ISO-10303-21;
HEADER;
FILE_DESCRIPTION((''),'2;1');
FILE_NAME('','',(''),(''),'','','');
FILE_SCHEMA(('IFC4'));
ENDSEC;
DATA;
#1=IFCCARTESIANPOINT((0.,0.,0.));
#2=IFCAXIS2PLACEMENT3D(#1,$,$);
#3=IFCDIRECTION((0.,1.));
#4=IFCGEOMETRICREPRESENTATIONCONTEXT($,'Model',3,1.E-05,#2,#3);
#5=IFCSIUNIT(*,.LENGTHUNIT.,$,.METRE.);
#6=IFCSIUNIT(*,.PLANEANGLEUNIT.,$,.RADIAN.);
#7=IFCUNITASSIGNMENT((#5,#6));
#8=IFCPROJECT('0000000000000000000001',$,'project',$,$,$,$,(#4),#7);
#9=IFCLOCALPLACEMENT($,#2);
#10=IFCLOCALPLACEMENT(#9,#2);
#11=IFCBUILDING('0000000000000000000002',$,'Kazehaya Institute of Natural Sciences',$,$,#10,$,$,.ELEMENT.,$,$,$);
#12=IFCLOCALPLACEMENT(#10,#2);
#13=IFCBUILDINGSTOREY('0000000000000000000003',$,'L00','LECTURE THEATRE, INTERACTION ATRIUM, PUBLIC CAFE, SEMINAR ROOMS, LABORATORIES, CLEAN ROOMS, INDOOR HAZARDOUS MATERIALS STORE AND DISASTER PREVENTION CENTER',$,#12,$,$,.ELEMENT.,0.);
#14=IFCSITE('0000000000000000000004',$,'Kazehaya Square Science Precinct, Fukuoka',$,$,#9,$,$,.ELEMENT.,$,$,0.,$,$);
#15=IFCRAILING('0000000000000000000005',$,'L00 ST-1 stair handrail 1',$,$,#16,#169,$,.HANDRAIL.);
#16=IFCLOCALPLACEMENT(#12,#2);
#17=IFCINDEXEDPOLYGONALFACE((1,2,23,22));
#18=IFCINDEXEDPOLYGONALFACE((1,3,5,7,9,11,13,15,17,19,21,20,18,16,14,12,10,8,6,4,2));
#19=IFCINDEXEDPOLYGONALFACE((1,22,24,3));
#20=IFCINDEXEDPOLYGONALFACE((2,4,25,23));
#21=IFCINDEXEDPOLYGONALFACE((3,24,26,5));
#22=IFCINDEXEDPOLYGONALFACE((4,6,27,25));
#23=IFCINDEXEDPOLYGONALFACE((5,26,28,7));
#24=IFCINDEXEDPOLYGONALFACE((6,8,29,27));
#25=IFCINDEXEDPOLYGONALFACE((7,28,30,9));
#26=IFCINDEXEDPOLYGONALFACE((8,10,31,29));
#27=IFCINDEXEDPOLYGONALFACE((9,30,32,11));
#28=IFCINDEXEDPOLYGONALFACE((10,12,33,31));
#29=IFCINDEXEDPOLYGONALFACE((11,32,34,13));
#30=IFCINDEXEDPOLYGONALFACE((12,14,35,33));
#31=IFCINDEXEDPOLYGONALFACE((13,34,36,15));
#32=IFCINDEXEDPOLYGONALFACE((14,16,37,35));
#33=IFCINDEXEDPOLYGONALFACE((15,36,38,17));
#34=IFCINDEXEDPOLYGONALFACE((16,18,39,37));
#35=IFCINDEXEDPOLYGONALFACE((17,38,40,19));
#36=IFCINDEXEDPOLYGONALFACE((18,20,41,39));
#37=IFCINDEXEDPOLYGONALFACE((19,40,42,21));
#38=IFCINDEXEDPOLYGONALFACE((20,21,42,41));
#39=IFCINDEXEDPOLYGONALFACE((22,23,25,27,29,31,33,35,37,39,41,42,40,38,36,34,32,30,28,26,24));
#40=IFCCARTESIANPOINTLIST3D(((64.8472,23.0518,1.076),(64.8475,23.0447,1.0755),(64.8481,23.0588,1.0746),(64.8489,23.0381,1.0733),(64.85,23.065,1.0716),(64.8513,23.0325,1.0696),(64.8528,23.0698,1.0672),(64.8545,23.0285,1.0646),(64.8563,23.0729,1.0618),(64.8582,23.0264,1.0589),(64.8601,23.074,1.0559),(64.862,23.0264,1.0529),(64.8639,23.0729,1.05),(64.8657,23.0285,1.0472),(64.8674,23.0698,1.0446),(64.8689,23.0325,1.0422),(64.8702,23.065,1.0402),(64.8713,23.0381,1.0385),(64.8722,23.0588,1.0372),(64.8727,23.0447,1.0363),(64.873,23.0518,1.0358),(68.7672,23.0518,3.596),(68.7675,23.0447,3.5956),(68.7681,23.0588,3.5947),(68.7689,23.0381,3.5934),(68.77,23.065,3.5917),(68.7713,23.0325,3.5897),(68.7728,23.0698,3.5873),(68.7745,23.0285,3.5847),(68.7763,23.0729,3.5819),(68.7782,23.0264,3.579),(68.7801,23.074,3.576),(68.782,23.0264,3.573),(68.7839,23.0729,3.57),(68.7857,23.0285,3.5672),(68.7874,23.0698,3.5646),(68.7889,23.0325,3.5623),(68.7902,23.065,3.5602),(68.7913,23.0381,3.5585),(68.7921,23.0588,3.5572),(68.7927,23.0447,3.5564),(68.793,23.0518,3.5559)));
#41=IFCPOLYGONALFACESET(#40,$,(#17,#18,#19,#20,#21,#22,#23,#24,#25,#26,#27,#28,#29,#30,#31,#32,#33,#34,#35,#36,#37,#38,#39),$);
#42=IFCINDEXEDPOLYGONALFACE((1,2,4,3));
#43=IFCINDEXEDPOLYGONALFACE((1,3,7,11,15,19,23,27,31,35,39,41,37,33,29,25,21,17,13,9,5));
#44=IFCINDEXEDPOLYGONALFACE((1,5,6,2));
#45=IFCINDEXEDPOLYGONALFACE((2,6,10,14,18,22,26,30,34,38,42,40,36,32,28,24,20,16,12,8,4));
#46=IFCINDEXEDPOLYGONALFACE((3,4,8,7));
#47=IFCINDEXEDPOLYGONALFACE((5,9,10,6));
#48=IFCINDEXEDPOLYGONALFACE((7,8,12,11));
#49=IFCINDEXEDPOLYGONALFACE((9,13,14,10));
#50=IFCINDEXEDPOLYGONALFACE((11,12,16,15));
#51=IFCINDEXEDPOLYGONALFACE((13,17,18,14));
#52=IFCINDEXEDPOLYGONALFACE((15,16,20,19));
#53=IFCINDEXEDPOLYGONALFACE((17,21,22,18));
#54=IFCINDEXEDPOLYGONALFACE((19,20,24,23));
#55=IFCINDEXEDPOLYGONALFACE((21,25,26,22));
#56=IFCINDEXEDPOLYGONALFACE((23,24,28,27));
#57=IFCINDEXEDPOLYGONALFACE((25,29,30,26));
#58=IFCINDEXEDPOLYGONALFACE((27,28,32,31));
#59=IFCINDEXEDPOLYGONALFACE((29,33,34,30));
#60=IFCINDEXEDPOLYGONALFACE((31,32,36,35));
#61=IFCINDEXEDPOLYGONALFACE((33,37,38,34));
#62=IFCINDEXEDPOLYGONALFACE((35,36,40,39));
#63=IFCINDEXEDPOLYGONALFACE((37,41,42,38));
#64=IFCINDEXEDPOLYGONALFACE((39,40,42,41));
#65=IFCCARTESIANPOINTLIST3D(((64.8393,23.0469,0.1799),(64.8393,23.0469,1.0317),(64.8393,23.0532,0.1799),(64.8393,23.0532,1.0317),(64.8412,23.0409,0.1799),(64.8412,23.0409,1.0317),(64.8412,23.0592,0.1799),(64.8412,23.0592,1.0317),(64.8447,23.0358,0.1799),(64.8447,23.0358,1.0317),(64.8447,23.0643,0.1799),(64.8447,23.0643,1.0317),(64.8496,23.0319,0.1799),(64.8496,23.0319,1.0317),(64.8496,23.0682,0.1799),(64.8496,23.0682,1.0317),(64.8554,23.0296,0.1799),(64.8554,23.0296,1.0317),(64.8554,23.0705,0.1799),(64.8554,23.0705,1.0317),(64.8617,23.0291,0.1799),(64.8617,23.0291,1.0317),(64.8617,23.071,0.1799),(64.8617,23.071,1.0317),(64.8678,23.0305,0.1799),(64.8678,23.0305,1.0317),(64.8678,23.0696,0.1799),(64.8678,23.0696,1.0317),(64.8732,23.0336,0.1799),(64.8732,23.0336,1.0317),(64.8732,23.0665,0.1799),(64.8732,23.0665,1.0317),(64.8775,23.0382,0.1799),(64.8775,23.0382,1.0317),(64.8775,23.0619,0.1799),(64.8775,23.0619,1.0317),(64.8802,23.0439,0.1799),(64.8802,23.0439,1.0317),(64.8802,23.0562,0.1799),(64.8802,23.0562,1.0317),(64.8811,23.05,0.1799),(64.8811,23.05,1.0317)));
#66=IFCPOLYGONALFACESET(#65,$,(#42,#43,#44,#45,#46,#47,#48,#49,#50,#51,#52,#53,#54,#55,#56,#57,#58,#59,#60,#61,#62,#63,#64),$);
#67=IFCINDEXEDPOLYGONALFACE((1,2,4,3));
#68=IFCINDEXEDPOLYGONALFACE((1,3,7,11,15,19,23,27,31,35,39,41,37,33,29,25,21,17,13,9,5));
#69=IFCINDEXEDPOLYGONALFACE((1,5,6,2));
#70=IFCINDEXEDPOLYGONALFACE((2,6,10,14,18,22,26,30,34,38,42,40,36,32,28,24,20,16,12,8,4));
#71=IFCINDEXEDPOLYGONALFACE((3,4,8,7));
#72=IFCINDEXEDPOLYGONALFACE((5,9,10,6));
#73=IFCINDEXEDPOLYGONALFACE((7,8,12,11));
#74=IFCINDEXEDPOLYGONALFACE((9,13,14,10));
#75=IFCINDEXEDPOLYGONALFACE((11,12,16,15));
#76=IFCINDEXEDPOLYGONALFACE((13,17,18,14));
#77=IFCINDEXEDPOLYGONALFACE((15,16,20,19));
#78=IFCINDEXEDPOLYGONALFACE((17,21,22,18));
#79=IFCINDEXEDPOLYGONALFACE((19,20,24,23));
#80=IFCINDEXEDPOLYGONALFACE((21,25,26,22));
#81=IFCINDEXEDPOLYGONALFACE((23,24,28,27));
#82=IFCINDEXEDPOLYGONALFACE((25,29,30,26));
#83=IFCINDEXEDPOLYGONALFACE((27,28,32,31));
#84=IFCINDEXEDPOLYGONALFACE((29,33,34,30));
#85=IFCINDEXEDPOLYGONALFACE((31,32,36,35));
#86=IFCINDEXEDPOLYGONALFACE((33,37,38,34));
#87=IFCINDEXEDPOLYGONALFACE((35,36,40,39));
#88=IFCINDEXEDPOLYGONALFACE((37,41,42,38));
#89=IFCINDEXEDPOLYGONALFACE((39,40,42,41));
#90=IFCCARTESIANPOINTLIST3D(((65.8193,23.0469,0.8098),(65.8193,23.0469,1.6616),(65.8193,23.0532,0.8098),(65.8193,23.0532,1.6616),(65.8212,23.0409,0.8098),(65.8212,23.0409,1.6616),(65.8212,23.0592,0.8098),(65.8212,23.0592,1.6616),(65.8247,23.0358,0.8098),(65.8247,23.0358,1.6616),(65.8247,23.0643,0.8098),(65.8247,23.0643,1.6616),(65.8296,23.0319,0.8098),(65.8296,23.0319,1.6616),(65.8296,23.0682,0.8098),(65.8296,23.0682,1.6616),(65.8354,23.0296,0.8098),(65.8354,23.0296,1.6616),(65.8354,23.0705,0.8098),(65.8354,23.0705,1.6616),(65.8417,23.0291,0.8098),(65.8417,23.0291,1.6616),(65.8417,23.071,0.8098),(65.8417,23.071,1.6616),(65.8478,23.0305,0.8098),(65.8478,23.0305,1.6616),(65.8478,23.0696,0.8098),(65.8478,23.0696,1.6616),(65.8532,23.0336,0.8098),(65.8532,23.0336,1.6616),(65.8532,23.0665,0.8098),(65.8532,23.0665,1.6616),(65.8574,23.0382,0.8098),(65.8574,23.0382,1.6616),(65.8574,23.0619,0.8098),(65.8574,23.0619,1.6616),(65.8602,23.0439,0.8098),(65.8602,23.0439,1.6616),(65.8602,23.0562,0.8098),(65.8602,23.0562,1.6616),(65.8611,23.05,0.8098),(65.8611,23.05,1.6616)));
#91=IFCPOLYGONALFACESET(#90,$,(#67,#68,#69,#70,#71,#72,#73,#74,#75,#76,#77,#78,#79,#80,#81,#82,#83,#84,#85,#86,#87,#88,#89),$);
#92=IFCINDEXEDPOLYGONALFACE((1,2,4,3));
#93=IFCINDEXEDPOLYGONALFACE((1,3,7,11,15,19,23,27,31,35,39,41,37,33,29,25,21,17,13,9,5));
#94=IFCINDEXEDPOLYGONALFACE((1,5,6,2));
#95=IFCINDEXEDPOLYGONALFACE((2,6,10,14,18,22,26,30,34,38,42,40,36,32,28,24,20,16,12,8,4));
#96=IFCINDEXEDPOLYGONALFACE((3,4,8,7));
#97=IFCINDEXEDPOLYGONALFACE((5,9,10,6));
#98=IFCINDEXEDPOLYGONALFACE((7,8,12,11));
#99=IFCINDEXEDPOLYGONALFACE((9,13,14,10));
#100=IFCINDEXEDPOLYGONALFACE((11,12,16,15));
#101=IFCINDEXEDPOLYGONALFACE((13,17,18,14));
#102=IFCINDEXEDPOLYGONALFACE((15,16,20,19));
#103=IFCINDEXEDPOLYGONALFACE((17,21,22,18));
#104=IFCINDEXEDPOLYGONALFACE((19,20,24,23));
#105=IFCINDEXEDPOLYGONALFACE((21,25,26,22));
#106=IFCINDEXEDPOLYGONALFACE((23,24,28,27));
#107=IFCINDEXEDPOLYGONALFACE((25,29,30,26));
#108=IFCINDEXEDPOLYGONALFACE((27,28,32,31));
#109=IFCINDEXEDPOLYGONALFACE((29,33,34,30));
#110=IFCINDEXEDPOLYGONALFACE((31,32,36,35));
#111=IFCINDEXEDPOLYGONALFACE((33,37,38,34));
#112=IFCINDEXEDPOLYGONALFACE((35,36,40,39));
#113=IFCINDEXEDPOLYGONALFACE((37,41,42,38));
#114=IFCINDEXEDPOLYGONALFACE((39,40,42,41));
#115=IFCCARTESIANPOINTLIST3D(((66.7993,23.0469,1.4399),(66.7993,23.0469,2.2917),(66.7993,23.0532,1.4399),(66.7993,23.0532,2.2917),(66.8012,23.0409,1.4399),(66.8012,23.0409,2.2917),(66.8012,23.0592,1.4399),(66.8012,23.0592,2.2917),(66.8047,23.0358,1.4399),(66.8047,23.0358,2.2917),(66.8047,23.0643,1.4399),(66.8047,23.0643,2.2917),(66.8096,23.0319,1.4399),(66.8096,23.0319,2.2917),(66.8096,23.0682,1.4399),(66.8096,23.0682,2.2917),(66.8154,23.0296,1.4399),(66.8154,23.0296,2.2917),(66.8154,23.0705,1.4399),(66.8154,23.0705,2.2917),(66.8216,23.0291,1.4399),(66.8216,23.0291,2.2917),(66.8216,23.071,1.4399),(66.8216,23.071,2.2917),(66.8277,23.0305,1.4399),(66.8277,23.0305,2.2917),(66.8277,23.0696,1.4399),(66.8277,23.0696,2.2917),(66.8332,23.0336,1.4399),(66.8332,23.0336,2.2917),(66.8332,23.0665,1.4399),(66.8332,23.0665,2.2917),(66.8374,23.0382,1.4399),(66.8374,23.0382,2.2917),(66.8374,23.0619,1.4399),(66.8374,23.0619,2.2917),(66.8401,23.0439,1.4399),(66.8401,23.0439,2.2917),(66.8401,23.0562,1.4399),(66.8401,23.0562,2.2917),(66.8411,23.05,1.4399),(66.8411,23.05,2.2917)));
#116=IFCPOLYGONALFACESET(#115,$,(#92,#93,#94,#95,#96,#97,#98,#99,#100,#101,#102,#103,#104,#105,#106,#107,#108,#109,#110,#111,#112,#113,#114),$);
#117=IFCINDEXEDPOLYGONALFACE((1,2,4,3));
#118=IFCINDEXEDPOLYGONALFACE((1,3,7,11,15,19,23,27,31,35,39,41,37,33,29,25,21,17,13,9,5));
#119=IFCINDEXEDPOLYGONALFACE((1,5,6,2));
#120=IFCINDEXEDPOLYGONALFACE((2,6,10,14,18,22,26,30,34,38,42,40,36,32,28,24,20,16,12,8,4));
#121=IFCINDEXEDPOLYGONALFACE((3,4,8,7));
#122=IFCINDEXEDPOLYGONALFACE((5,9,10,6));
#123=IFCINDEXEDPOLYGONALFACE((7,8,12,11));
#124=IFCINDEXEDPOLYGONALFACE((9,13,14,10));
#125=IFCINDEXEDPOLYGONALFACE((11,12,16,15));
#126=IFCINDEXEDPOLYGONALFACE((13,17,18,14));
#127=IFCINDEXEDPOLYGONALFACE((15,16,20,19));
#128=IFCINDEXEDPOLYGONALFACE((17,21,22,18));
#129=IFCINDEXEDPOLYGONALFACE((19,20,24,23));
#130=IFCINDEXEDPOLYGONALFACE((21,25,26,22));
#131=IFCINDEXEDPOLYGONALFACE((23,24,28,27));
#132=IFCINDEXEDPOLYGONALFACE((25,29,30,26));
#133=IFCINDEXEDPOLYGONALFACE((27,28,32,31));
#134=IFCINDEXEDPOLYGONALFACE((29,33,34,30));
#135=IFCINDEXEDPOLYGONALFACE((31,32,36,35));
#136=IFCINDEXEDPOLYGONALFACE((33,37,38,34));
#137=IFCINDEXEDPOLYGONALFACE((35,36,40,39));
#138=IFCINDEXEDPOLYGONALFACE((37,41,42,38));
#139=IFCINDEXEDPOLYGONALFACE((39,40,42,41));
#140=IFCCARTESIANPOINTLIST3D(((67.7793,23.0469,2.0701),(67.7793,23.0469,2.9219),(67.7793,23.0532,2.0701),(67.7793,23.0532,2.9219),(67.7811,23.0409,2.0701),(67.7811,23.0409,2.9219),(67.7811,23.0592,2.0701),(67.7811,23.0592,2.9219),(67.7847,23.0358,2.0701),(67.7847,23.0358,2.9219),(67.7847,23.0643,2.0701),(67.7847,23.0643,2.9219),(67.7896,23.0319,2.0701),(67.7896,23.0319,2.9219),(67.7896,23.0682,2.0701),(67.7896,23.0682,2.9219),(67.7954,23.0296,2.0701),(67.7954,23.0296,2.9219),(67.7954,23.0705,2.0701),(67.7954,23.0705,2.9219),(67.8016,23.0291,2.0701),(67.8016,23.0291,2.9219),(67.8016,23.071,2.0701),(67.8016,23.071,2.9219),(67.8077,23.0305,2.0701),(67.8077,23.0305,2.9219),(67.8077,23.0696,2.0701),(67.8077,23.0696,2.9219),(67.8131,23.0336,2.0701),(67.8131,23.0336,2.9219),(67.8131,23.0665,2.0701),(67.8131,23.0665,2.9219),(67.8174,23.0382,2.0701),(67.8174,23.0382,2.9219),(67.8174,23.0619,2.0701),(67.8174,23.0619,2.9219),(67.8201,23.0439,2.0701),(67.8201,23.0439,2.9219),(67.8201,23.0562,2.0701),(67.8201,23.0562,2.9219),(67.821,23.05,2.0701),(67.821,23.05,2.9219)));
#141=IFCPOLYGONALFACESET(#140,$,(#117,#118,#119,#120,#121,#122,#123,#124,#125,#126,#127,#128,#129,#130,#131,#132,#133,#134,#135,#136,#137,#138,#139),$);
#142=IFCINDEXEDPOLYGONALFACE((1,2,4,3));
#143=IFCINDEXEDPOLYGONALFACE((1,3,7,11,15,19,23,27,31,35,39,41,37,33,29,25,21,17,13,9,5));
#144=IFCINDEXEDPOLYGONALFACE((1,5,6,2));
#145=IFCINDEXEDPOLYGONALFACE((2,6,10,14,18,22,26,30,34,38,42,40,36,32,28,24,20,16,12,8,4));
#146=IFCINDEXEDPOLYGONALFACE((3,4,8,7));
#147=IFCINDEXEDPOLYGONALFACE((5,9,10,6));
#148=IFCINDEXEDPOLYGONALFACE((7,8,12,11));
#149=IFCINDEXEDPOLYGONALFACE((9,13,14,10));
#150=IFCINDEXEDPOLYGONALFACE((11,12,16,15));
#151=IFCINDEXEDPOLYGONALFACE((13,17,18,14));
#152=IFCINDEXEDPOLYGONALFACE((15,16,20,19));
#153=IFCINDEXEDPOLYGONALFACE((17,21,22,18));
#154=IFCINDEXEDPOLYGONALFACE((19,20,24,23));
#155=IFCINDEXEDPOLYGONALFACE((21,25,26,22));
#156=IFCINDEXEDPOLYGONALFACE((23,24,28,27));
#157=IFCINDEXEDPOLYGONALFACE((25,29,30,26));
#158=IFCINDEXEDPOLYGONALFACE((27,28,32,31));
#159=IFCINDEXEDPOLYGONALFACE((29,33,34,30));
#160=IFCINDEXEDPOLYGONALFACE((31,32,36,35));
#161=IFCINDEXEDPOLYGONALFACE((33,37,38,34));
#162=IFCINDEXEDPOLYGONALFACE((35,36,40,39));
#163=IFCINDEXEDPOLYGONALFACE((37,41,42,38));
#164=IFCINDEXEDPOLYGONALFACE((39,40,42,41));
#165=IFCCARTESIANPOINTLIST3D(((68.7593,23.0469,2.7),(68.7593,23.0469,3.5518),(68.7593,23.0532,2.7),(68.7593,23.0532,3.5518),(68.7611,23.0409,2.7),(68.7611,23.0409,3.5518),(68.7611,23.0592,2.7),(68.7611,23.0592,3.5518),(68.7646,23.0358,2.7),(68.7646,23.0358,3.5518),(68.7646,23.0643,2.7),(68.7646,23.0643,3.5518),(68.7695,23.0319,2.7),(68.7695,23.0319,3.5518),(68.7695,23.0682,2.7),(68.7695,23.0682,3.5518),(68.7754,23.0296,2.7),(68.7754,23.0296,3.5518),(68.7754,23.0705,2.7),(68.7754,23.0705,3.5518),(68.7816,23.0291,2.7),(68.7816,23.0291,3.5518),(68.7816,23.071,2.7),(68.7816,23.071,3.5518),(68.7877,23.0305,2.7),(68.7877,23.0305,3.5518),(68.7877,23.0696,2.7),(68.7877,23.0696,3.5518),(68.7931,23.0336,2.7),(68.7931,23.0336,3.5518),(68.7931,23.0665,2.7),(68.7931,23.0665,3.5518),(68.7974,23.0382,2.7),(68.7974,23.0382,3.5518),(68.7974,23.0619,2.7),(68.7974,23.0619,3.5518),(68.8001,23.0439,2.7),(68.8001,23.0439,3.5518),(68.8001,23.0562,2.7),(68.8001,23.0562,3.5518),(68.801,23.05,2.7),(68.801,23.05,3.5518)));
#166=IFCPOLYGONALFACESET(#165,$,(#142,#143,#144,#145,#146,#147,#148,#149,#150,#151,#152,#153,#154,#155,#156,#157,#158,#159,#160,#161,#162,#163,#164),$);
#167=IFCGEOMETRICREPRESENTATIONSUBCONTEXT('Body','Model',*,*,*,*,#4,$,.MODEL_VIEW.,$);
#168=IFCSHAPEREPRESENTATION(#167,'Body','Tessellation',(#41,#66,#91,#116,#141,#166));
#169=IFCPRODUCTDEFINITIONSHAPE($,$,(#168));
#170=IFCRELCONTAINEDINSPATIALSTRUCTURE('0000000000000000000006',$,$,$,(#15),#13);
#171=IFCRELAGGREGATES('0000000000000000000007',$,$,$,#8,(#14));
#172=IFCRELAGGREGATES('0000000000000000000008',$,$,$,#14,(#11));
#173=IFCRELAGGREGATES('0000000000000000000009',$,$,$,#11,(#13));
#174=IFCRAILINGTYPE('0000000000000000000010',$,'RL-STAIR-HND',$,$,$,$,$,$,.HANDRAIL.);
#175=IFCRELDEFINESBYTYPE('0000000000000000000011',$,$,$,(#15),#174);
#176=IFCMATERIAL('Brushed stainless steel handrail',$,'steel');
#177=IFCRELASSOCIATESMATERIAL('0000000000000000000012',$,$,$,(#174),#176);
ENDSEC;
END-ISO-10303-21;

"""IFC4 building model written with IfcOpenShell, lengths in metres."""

from ifc_helpers import new_model, si_unit, direction, frame, origin, origin_2d, place, context, subcontext, project, spatial, circle, extrude, material, type_object, element, save


model = new_model("IFC4")

# Units and contexts
model_context = context("Model", 3, precision=1e-05, world=origin(), true_north=direction((0.0, 1.0)))
body_context = subcontext(model_context, "Body", "Model", "MODEL_VIEW")
ifc_project = project(units=[si_unit("LENGTHUNIT", "METRE"), si_unit("PLANEANGLEUNIT", "RADIAN")], contexts=[model_context])

# Site, building, storey
site_placement = place(None, origin())
site = spatial("IfcSite", under=ifc_project, at=site_placement, Name="Kazehaya Square Science Precinct, Fukuoka", CompositionType="ELEMENT", RefElevation=0.0)
building_placement = place(site_placement, origin())
building = spatial("IfcBuilding", under=site, at=building_placement, Name="Kazehaya Institute of Natural Sciences", CompositionType="ELEMENT")
storey_placement = place(building_placement, origin())
storey = spatial("IfcBuildingStorey", under=building, at=storey_placement, Name="L00", Description="LECTURE THEATRE, INTERACTION ATRIUM, PUBLIC CAFE, SEMINAR ROOMS, LABORATORIES, CLEAN ROOMS, INDOOR HAZARDOUS MATERIALS STORE AND DISASTER PREVENTION CENTER", CompositionType="ELEMENT", Elevation=0.0)

# Railing
ifc_material_1 = material(Name="Brushed stainless steel handrail", Category="steel")
railing_type_1 = type_object("IfcRailingType", Name="RL-STAIR-HND", PredefinedType="HANDRAIL", material=ifc_material_1)
railing_1_placement = place(storey_placement, frame((64.8601, 23.05, 0.1799)))
element("IfcRailing", 1, at=railing_1_placement, inside=storey, type_object=railing_type_1, Name="L00 ST-1 stair handrail 1", PredefinedType="HANDRAIL", context=body_context, shape_type="SweptSolid", body=[
    extrude(circle(Radius=0.0239, at=origin_2d()), frame((0.0, 0.0, 0.876), z_axis=(0.841172, 0.0, 0.540768), x_axis=(0.0, 1.0, 0.0)), (0.0, 0.0, 1.0), 4.6602),
    extrude(circle(Radius=0.021, at=origin_2d()), origin(), (0.0, 0.0, 1.0), 0.8518),
    extrude(circle(Radius=0.021, at=origin_2d()), frame((0.98, 0.0, 0.6299)), (0.0, 0.0, 1.0), 0.8518),
    extrude(circle(Radius=0.021, at=origin_2d()), frame((1.96, 0.0, 1.26)), (0.0, 0.0, 1.0), 0.8518),
    extrude(circle(Radius=0.021, at=origin_2d()), frame((2.9399, 0.0, 1.8901)), (0.0, 0.0, 1.0), 0.8518),
    extrude(circle(Radius=0.021, at=origin_2d()), frame((3.9199, 0.0, 2.52)), (0.0, 0.0, 1.0), 0.8518),
])

save(model, "model.ifc")
